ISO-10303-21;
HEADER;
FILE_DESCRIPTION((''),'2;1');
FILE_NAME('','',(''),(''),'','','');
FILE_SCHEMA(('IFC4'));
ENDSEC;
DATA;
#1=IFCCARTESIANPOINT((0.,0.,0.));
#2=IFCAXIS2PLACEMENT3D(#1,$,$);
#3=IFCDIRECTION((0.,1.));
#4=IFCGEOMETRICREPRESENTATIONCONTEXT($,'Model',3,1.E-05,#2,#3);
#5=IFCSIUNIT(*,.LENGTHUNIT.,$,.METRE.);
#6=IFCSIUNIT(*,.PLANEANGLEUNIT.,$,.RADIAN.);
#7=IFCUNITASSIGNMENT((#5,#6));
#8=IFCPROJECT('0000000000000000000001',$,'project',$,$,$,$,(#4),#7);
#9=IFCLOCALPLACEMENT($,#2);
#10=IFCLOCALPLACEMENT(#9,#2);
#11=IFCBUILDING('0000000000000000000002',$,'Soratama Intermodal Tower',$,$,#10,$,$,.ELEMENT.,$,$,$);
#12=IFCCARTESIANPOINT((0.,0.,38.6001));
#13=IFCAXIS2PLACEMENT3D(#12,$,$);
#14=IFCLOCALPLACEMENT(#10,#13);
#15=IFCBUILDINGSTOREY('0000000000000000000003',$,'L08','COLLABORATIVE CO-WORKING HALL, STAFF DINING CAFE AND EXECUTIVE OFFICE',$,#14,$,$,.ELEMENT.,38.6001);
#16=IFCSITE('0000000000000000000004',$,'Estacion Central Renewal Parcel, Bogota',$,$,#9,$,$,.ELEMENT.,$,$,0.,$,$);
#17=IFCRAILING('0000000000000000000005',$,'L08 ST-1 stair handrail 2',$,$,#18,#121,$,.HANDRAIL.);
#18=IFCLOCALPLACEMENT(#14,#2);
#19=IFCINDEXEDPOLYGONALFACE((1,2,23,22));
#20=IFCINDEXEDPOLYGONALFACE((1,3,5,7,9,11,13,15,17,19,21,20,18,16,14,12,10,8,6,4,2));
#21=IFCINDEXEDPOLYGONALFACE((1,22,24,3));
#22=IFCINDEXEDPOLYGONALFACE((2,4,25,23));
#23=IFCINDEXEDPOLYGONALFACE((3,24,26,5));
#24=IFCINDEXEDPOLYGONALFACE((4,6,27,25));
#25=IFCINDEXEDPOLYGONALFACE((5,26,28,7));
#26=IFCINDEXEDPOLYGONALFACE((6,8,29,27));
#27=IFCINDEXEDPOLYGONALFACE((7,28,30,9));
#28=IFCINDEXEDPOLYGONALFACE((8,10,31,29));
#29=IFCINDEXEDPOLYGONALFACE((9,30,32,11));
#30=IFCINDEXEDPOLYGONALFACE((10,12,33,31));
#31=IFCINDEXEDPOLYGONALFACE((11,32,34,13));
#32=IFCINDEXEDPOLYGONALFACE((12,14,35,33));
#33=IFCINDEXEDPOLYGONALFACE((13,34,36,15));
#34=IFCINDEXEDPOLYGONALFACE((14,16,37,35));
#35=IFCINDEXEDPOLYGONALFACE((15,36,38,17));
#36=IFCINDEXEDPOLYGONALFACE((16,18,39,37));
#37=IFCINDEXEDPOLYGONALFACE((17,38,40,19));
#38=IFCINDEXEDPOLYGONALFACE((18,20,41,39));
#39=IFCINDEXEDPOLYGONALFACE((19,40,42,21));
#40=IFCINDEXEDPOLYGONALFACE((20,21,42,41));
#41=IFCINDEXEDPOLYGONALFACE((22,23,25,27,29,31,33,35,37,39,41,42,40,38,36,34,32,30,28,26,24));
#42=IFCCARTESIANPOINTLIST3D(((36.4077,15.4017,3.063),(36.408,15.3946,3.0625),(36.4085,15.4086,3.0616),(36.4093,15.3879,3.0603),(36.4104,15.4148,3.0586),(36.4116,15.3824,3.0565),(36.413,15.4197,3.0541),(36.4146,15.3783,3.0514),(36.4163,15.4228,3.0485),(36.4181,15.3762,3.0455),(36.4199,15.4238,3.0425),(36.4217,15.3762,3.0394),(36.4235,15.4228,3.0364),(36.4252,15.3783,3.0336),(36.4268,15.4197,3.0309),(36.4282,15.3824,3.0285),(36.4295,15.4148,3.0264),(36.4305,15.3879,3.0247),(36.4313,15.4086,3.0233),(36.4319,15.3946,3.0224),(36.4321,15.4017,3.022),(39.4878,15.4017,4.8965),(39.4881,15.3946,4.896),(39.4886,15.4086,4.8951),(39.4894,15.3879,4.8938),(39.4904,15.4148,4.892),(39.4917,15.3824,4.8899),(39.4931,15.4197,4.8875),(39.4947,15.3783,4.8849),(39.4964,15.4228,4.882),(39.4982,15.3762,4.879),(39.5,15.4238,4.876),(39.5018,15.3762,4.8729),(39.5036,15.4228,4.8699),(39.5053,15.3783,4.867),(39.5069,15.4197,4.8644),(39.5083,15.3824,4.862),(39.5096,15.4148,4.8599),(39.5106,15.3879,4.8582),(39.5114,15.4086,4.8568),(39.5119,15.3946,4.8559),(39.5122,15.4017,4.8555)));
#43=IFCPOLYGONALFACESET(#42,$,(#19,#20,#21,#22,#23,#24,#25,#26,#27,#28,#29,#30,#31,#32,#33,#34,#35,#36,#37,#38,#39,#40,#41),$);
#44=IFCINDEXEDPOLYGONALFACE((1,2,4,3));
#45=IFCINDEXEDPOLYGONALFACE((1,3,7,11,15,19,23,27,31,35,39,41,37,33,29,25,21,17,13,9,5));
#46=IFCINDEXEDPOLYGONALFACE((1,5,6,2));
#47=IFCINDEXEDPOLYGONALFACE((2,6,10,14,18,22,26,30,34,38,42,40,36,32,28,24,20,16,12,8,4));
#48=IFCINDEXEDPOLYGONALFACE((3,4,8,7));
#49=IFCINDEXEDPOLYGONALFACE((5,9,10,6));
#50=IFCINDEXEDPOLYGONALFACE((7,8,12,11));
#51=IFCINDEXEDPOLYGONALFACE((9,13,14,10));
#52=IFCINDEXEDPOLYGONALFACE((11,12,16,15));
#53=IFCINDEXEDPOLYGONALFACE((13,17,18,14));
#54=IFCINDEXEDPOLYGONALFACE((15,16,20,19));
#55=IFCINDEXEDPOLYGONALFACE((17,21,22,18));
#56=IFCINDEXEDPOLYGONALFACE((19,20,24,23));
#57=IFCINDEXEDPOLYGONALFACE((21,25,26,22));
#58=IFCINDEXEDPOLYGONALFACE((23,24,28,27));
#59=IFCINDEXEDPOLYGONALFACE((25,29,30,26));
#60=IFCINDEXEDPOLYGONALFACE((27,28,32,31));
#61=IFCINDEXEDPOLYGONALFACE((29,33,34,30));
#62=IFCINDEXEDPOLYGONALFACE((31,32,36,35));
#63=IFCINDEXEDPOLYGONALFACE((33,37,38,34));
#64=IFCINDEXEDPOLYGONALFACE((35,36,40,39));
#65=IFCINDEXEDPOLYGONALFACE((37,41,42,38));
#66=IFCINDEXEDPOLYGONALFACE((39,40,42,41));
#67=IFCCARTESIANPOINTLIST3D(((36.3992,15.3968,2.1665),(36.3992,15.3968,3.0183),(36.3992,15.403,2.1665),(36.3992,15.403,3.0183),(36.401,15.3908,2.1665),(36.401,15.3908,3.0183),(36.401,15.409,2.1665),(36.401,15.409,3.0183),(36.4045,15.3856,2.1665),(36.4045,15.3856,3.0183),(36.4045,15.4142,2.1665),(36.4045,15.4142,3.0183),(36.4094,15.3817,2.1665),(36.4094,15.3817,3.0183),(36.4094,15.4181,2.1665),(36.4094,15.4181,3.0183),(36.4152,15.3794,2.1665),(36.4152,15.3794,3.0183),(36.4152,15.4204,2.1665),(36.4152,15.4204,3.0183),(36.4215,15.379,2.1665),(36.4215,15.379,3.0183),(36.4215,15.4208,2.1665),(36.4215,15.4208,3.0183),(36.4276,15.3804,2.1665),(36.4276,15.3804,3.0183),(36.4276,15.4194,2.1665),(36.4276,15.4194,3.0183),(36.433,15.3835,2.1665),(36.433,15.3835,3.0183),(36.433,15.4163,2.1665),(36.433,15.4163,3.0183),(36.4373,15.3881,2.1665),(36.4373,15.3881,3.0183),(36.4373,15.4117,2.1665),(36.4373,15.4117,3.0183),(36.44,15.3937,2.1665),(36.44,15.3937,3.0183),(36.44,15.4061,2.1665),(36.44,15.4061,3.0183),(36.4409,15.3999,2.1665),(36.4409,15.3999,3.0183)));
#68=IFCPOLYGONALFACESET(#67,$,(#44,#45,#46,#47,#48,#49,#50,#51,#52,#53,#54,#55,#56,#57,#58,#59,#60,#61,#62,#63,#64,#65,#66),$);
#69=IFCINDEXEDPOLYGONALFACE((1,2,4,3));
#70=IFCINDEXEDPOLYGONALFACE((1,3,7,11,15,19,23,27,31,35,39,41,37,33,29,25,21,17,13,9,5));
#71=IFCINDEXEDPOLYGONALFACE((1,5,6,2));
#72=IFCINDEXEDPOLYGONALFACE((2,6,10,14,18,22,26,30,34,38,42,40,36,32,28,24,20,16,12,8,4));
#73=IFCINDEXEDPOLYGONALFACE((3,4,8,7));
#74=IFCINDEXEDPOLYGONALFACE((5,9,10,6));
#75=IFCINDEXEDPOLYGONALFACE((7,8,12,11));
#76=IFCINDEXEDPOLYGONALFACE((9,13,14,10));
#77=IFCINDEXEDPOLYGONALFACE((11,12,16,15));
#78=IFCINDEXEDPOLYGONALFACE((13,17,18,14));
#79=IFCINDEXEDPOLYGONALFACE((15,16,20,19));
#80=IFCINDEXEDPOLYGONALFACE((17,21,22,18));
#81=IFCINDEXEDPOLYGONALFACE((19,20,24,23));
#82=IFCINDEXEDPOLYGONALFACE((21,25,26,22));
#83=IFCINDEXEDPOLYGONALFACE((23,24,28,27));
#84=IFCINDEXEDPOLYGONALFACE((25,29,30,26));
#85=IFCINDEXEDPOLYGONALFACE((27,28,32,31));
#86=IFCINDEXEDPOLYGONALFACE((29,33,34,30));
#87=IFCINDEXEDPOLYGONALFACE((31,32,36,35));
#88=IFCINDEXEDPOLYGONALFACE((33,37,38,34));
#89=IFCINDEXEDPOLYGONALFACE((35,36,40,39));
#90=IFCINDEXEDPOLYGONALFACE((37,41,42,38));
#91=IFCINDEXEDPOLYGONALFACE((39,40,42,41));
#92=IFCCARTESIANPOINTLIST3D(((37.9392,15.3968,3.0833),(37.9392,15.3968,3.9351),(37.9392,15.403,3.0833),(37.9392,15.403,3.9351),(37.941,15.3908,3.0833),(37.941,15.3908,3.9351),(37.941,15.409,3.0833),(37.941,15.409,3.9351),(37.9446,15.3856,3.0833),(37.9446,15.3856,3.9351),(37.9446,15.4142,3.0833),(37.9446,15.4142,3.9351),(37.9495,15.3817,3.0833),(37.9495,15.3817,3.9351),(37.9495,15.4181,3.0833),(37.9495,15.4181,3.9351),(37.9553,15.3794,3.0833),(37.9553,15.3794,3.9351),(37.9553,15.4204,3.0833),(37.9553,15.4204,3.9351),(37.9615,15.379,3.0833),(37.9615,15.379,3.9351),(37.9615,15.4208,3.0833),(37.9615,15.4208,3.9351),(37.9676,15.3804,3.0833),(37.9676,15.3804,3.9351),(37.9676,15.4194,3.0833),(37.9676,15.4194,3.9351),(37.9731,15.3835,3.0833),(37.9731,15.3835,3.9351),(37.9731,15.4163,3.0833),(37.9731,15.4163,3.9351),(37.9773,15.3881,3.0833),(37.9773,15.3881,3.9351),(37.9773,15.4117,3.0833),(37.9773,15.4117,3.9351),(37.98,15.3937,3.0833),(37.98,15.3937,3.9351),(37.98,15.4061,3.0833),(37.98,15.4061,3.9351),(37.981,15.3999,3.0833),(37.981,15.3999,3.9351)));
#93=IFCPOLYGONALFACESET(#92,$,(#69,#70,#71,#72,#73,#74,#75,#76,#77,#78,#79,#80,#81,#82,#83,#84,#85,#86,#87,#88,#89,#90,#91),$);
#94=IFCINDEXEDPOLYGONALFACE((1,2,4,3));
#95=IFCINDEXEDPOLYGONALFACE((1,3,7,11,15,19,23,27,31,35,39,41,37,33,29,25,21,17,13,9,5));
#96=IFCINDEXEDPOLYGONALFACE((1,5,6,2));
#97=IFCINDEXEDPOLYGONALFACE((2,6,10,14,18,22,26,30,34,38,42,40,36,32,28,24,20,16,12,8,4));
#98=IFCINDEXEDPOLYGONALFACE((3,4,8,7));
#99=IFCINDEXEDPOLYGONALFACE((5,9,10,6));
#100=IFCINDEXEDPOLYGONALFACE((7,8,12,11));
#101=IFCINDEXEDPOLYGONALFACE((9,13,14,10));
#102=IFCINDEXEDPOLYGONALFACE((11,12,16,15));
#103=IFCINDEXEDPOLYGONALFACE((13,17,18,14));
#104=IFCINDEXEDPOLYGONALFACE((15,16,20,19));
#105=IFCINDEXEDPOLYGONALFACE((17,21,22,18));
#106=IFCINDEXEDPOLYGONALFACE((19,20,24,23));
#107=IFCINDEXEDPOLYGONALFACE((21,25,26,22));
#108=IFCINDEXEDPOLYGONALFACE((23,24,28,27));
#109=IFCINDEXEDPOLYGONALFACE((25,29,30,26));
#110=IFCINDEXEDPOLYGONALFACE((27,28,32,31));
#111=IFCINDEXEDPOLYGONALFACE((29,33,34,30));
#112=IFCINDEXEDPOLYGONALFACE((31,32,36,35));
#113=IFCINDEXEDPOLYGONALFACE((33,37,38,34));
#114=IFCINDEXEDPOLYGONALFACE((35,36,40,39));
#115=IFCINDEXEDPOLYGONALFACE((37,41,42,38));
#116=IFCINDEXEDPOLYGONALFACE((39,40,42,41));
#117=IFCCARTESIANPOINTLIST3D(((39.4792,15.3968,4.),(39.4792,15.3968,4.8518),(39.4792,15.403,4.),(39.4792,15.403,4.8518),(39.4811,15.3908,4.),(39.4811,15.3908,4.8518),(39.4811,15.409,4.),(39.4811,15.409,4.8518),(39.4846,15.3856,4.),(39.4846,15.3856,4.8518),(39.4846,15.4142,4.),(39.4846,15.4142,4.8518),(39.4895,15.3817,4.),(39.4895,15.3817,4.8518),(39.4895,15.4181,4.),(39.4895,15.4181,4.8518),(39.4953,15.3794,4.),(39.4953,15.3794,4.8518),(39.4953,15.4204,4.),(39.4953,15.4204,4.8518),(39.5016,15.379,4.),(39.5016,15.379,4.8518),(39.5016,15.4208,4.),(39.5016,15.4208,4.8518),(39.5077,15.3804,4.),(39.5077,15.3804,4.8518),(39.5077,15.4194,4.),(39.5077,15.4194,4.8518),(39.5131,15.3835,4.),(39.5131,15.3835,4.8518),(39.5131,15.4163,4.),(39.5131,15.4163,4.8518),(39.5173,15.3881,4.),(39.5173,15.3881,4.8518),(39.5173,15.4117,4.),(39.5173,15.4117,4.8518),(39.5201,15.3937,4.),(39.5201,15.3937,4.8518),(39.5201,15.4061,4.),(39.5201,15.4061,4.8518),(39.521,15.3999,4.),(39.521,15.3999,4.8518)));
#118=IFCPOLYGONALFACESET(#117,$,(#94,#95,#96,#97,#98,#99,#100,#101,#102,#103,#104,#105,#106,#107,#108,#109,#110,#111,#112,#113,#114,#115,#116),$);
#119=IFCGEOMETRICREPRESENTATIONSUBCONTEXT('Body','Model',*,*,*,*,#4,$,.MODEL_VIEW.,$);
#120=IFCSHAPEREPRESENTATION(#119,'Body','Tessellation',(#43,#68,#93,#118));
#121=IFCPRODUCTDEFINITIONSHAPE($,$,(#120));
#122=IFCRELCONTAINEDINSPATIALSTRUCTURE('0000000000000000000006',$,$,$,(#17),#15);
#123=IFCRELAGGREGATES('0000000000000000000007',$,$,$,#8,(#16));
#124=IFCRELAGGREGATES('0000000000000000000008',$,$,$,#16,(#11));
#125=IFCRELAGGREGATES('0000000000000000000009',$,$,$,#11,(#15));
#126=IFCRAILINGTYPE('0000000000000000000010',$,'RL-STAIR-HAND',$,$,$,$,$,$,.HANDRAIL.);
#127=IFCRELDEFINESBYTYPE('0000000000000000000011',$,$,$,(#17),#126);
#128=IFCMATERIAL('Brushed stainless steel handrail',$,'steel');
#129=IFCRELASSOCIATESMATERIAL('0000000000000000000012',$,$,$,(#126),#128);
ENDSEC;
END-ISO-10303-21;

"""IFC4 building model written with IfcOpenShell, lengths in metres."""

from ifc_helpers import new_model, si_unit, direction, frame, origin, origin_2d, place, context, subcontext, project, spatial, circle, extrude, material, type_object, element, save


model = new_model("IFC4")

# Units and contexts
model_context = context("Model", 3, precision=1e-05, world=origin(), true_north=direction((0.0, 1.0)))
body_context = subcontext(model_context, "Body", "Model", "MODEL_VIEW")
ifc_project = project(units=[si_unit("LENGTHUNIT", "METRE"), si_unit("PLANEANGLEUNIT", "RADIAN")], contexts=[model_context])

# Site, building, storey
site_placement = place(None, origin())
site = spatial("IfcSite", under=ifc_project, at=site_placement, Name="Estacion Central Renewal Parcel, Bogota", CompositionType="ELEMENT", RefElevation=0.0)
building_placement = place(site_placement, origin())
building = spatial("IfcBuilding", under=site, at=building_placement, Name="Soratama Intermodal Tower", CompositionType="ELEMENT")
storey_placement = place(building_placement, frame((0.0, 0.0, 38.6001)))
storey = spatial("IfcBuildingStorey", under=building, at=storey_placement, Name="L08", Description="COLLABORATIVE CO-WORKING HALL, STAFF DINING CAFE AND EXECUTIVE OFFICE", CompositionType="ELEMENT", Elevation=38.6001)

# Railing
ifc_material_1 = material(Name="Brushed stainless steel handrail", Category="steel")
railing_type_1 = type_object("IfcRailingType", Name="RL-STAIR-HAND", PredefinedType="HANDRAIL", material=ifc_material_1)
railing_1_placement = place(storey_placement, frame((36.4199, 15.3999, 2.1665)))
element("IfcRailing", 1, at=railing_1_placement, inside=storey, type_object=railing_type_1, Name="L08 ST-1 stair handrail 2", PredefinedType="HANDRAIL", context=body_context, shape_type="SweptSolid", body=[
    extrude(circle(Radius=0.0239, at=origin_2d()), frame((0.0, 0.0, 0.876), z_axis=(0.859279, 0.0, 0.511508), x_axis=(0.0, 1.0, 0.0)), (0.0, 0.0, 1.0), 3.5845),
    extrude(circle(Radius=0.021, at=origin_2d()), origin(), (0.0, 0.0, 1.0), 0.8518),
    extrude(circle(Radius=0.021, at=origin_2d()), frame((1.54, 0.0, 0.9167)), (0.0, 0.0, 1.0), 0.8518),
    extrude(circle(Radius=0.021, at=origin_2d()), frame((3.0801, 0.0, 1.8335)), (0.0, 0.0, 1.0), 0.8518),
])

save(model, "model.ifc")
